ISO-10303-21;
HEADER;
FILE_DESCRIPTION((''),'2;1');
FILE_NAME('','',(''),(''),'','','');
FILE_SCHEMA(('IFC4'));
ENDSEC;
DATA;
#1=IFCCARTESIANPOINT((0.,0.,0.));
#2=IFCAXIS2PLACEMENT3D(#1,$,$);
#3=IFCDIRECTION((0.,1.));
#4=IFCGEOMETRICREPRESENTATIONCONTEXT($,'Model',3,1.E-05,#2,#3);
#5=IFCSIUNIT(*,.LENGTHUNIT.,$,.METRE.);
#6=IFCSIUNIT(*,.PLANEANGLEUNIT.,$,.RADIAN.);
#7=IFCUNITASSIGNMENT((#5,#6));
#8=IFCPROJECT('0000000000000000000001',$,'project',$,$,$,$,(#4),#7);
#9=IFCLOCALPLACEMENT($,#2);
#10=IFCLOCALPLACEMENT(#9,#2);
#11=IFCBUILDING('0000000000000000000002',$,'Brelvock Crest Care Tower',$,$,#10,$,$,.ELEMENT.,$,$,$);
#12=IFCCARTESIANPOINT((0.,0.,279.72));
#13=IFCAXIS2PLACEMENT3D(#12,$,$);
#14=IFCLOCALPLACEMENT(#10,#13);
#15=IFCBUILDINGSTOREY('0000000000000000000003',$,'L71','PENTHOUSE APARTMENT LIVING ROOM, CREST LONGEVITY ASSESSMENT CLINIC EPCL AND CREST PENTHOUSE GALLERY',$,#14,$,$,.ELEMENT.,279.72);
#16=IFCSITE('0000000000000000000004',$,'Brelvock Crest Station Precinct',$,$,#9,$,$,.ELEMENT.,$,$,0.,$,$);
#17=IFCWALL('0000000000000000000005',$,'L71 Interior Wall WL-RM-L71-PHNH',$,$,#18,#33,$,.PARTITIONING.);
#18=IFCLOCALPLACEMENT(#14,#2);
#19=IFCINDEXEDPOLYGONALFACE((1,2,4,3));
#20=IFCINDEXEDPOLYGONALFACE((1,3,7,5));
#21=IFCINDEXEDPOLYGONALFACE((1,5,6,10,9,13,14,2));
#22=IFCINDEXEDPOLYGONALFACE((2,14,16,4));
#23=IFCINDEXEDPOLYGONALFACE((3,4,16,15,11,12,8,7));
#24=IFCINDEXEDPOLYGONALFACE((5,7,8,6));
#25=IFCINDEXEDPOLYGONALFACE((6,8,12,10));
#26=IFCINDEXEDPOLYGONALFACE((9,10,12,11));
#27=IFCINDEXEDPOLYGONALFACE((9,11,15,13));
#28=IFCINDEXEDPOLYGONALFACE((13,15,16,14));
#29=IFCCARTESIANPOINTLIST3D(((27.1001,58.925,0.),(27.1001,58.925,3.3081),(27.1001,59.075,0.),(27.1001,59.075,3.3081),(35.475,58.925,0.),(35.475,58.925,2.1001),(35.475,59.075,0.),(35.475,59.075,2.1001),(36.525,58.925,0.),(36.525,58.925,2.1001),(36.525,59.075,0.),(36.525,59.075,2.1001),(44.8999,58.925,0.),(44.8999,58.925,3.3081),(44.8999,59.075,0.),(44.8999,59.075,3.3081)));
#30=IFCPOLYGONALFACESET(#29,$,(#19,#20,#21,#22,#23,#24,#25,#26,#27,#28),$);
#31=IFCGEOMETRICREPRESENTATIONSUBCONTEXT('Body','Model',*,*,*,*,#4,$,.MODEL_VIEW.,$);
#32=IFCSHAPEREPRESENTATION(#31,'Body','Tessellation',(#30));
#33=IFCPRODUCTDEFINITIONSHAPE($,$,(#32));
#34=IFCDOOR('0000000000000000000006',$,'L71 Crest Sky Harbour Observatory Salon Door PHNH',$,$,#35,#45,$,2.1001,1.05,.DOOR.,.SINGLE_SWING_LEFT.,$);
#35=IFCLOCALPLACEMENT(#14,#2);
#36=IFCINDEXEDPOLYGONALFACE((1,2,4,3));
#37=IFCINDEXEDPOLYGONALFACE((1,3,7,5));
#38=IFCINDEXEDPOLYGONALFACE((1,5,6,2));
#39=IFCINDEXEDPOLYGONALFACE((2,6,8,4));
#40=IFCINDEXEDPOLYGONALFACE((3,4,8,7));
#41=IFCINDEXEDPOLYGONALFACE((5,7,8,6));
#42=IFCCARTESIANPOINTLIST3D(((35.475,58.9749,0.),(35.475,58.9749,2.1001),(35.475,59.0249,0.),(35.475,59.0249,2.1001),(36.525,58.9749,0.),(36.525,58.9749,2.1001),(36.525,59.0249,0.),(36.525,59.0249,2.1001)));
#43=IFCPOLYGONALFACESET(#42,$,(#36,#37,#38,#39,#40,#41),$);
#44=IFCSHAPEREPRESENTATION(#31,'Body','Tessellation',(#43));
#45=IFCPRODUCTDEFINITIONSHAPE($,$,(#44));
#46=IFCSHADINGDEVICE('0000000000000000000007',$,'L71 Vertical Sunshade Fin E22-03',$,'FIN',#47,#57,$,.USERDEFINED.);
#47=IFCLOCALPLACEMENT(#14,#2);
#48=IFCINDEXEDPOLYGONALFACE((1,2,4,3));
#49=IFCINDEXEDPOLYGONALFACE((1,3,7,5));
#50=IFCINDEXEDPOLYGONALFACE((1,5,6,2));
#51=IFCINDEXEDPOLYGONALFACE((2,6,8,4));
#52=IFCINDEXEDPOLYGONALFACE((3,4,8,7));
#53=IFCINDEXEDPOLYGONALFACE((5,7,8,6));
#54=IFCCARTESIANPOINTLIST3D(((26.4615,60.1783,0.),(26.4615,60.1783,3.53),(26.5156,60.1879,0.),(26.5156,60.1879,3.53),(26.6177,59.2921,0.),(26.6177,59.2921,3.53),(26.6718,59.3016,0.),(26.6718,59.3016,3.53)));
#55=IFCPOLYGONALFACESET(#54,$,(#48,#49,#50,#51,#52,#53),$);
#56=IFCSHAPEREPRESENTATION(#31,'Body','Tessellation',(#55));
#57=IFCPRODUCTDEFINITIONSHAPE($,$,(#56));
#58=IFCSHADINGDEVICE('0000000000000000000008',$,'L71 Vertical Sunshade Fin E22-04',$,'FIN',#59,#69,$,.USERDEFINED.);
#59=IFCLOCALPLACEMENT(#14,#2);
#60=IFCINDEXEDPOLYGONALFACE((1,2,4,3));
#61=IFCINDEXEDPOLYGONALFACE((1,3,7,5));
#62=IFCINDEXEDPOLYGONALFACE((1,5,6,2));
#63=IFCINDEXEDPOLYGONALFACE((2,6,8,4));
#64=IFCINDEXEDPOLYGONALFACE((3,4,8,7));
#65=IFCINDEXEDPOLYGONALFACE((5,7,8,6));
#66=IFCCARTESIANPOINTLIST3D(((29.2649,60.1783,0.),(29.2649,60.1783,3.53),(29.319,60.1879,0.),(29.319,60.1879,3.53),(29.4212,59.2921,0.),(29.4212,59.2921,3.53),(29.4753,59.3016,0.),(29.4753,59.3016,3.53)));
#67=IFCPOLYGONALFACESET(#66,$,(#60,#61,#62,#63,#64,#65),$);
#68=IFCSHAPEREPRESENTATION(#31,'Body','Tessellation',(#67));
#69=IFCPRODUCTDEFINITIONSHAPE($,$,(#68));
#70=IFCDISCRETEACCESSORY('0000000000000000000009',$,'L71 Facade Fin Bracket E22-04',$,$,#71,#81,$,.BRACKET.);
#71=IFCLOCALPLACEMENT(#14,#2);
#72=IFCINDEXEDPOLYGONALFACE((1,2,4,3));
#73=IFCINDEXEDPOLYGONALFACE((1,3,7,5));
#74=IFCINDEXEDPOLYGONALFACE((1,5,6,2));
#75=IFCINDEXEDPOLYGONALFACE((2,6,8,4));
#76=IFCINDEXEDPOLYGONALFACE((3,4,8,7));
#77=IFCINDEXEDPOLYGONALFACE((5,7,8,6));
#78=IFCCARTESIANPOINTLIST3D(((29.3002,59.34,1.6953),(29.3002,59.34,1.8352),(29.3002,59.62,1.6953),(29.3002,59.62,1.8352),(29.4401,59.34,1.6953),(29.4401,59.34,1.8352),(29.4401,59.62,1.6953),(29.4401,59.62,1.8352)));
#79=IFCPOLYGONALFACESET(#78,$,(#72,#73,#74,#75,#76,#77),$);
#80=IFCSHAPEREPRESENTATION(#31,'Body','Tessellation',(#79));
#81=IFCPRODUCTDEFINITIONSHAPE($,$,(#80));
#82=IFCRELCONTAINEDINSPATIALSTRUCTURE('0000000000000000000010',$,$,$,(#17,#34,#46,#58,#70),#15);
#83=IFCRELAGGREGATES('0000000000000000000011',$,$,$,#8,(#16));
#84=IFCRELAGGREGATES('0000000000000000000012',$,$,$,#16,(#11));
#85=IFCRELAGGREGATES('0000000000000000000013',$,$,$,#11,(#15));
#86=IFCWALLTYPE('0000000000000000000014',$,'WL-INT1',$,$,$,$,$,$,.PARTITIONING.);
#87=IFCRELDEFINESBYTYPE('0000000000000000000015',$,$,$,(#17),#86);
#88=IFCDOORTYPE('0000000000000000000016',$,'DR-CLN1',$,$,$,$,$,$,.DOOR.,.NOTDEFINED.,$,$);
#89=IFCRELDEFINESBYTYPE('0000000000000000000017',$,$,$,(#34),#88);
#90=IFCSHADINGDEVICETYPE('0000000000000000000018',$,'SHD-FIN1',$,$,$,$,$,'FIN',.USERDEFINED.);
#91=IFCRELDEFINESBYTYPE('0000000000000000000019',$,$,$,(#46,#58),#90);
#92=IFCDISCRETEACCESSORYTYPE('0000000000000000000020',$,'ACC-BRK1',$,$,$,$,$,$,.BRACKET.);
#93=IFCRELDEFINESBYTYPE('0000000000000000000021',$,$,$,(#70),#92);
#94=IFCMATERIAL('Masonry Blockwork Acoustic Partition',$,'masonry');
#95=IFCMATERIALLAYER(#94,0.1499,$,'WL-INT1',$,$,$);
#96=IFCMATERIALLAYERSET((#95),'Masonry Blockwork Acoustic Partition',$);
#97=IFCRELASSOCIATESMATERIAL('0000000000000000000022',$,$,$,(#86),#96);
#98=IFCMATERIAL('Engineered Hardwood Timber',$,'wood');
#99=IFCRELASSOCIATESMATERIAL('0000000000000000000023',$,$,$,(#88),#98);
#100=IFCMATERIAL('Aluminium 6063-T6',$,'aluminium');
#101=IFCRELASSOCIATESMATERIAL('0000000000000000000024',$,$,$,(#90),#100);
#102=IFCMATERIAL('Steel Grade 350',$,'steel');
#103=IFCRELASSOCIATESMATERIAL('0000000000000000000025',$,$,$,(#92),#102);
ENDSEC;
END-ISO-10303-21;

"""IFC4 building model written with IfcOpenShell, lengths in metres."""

from ifc_helpers import new_model, si_unit, direction, frame, frame_2d, origin, origin_2d, place, context, subcontext, project, spatial, rectangle, extrude, source, transform, mapped, material, layer, layer_set, material_profile, profile_set, type_object, element, fill, save


model = new_model("IFC4")

# Units and contexts
model_context = context("Model", 3, precision=1e-05, world=origin(), true_north=direction((0.0, 1.0)))
body_context = subcontext(model_context, "Body", "Model", "MODEL_VIEW")
ifc_project = project(units=[si_unit("LENGTHUNIT", "METRE"), si_unit("PLANEANGLEUNIT", "RADIAN")], contexts=[model_context])

# Site, building, storey
site_placement = place(None, origin())
site = spatial("IfcSite", under=ifc_project, at=site_placement, Name="Brelvock Crest Station Precinct", CompositionType="ELEMENT", RefElevation=0.0)
building_placement = place(site_placement, origin())
building = spatial("IfcBuilding", under=site, at=building_placement, Name="Brelvock Crest Care Tower", CompositionType="ELEMENT")
storey_placement = place(building_placement, frame((0.0, 0.0, 279.72)))
storey = spatial("IfcBuildingStorey", under=building, at=storey_placement, Name="L71", Description="PENTHOUSE APARTMENT LIVING ROOM, CREST LONGEVITY ASSESSMENT CLINIC EPCL AND CREST PENTHOUSE GALLERY", CompositionType="ELEMENT", Elevation=279.72)

# Shared definitions
ifc_material_1 = material(Name="Steel Grade 350", Category="steel")

# Shared definitions
ifc_material_2 = material(Name="Aluminium 6063-T6", Category="aluminium")

# Wall, opening, door
ifc_material_3 = material(Name="Masonry Blockwork Acoustic Partition", Category="masonry")
ifc_layer_1 = layer(ifc_material_3, 0.1499, Name="WL-INT1")
ifc_layer_set_1 = layer_set([ifc_layer_1], Name="Masonry Blockwork Acoustic Partition")
wall_type_1 = type_object("IfcWallType", Name="WL-INT1", PredefinedType="PARTITIONING", material=ifc_layer_set_1)
wall_1_placement = place(storey_placement, frame((27.1001, 59.0, 0.0), z_axis=(0.0, 0.0, 1.0), x_axis=(1.0, 0.0, 0.0)))
wall_1 = element("IfcWall", 1, at=wall_1_placement, inside=storey, type_object=wall_type_1, Name="L71 Interior Wall WL-RM-L71-PHNH", PredefinedType="PARTITIONING", context=body_context, shape_type="SweptSolid", body=[
    extrude(rectangle(XDim=17.7998, YDim=0.1499, at=frame_2d((8.8999, 0.0))), origin(), (0.0, 0.0, 1.0), 3.3081),
])
opening_placement = place(wall_1_placement, frame((8.375, 0.0, 0.0)))
opening = element("IfcOpeningElement", 2, at=opening_placement, cuts=wall_1, PredefinedType="OPENING", context=body_context, shape_type="SweptSolid", body=[
    extrude(rectangle(XDim=1.05, YDim=2.1001, at=origin_2d()), frame((0.5249, 0.085, 1.05), z_axis=(0.0, -1.0, 0.0), x_axis=(1.0, 0.0, 0.0)), (0.0, 0.0, 1.0), 0.1699),
])
ifc_material_4 = material(Name="Engineered Hardwood Timber", Category="wood")
door_type = type_object("IfcDoorType", Name="DR-CLN1", OperationType="NOTDEFINED", PredefinedType="DOOR", material=ifc_material_4)
shared_shape_1 = source(origin(), body_context, "Body", "SweptSolid", [
    extrude(rectangle(XDim=1.05, YDim=2.1001, at=origin_2d()), frame((0.5249, 0.0249, 1.05), z_axis=(0.0, -1.0, 0.0), x_axis=(1.0, 0.0, 0.0)), (0.0, 0.0, 1.0), 0.05),
])
door_placement = place(opening_placement, origin())
door = element("IfcDoor", 3, at=door_placement, inside=storey, type_object=door_type, Name="L71 Crest Sky Harbour Observatory Salon Door PHNH", OperationType="SINGLE_SWING_LEFT", OverallHeight=2.1001, OverallWidth=1.05, PredefinedType="DOOR", context=body_context, shape_type="MappedRepresentation", body=[
    mapped(shared_shape_1, transform((0.0, 0.0, 0.0), x_axis=(1.0, 0.0, 0.0), y_axis=(0.0, 1.0, 0.0), z_axis=(0.0, 0.0, 1.0), scale=1.0)),
])
fill(opening, door)

# Shading devices
ifc_material_profile_1 = material_profile(ifc_material_2, rectangle(XDim=0.0549, YDim=0.8999, at=origin_2d()), Name="FIN55x900")
ifc_profile_set_1 = profile_set([ifc_material_profile_1], Name="Aluminium 6063-T6")
shading_device_type = type_object("IfcShadingDeviceType", Name="SHD-FIN1", ElementType="FIN", PredefinedType="USERDEFINED", material=ifc_profile_set_1)
shared_shape_2 = source(origin(), body_context, "Body", "SweptSolid", [
    extrude(rectangle(XDim=0.0549, YDim=0.8999, at=origin_2d()), origin(), (0.0, 0.0, 1.0), 3.53),
])
for number, where, z_axis, x_axis, name in (
    (4, (26.5667, 59.74, 0.0), (0.0, 0.0, 1.0), (0.984808, 0.173648, 0.0), "L71 Vertical Sunshade Fin E22-03"),
    (5, (29.3701, 59.74, 0.0), (0.0, 0.0, 1.0), (0.984808, 0.173648, 0.0), "L71 Vertical Sunshade Fin E22-04"),
):
    element("IfcShadingDevice", number, at=place(storey_placement, frame(where, z_axis=z_axis, x_axis=x_axis)), inside=storey, type_object=shading_device_type, Name=name, ObjectType="FIN", PredefinedType="USERDEFINED", context=body_context, shape_type="MappedRepresentation", body=[
        mapped(shared_shape_2, transform((0.0, 0.0, 0.0), x_axis=(1.0, 0.0, 0.0), y_axis=(0.0, 1.0, 0.0), z_axis=(0.0, 0.0, 1.0), scale=1.0)),
    ])

# Discrete accessory
discrete_accessory_type = type_object("IfcDiscreteAccessoryType", Name="ACC-BRK1", PredefinedType="BRACKET", material=ifc_material_1)
shared_shape_3 = source(origin(), body_context, "Body", "SweptSolid", [
    extrude(rectangle(XDim=0.28, YDim=0.1399, at=origin_2d()), origin(), (0.0, 0.0, 1.0), 0.1399),
])
discrete_accessory_placement = place(storey_placement, frame((29.3701, 59.48, 1.6953), z_axis=(0.0, 0.0, 1.0), x_axis=(0.0, 1.0, 0.0)))
element("IfcDiscreteAccessory", 6, at=discrete_accessory_placement, inside=storey, type_object=discrete_accessory_type, Name="L71 Facade Fin Bracket E22-04", PredefinedType="BRACKET", context=body_context, shape_type="MappedRepresentation", body=[
    mapped(shared_shape_3, transform((0.0, 0.0, 0.0), x_axis=(1.0, 0.0, 0.0), y_axis=(0.0, 1.0, 0.0), z_axis=(0.0, 0.0, 1.0), scale=1.0)),
])

save(model, "model.ifc")
